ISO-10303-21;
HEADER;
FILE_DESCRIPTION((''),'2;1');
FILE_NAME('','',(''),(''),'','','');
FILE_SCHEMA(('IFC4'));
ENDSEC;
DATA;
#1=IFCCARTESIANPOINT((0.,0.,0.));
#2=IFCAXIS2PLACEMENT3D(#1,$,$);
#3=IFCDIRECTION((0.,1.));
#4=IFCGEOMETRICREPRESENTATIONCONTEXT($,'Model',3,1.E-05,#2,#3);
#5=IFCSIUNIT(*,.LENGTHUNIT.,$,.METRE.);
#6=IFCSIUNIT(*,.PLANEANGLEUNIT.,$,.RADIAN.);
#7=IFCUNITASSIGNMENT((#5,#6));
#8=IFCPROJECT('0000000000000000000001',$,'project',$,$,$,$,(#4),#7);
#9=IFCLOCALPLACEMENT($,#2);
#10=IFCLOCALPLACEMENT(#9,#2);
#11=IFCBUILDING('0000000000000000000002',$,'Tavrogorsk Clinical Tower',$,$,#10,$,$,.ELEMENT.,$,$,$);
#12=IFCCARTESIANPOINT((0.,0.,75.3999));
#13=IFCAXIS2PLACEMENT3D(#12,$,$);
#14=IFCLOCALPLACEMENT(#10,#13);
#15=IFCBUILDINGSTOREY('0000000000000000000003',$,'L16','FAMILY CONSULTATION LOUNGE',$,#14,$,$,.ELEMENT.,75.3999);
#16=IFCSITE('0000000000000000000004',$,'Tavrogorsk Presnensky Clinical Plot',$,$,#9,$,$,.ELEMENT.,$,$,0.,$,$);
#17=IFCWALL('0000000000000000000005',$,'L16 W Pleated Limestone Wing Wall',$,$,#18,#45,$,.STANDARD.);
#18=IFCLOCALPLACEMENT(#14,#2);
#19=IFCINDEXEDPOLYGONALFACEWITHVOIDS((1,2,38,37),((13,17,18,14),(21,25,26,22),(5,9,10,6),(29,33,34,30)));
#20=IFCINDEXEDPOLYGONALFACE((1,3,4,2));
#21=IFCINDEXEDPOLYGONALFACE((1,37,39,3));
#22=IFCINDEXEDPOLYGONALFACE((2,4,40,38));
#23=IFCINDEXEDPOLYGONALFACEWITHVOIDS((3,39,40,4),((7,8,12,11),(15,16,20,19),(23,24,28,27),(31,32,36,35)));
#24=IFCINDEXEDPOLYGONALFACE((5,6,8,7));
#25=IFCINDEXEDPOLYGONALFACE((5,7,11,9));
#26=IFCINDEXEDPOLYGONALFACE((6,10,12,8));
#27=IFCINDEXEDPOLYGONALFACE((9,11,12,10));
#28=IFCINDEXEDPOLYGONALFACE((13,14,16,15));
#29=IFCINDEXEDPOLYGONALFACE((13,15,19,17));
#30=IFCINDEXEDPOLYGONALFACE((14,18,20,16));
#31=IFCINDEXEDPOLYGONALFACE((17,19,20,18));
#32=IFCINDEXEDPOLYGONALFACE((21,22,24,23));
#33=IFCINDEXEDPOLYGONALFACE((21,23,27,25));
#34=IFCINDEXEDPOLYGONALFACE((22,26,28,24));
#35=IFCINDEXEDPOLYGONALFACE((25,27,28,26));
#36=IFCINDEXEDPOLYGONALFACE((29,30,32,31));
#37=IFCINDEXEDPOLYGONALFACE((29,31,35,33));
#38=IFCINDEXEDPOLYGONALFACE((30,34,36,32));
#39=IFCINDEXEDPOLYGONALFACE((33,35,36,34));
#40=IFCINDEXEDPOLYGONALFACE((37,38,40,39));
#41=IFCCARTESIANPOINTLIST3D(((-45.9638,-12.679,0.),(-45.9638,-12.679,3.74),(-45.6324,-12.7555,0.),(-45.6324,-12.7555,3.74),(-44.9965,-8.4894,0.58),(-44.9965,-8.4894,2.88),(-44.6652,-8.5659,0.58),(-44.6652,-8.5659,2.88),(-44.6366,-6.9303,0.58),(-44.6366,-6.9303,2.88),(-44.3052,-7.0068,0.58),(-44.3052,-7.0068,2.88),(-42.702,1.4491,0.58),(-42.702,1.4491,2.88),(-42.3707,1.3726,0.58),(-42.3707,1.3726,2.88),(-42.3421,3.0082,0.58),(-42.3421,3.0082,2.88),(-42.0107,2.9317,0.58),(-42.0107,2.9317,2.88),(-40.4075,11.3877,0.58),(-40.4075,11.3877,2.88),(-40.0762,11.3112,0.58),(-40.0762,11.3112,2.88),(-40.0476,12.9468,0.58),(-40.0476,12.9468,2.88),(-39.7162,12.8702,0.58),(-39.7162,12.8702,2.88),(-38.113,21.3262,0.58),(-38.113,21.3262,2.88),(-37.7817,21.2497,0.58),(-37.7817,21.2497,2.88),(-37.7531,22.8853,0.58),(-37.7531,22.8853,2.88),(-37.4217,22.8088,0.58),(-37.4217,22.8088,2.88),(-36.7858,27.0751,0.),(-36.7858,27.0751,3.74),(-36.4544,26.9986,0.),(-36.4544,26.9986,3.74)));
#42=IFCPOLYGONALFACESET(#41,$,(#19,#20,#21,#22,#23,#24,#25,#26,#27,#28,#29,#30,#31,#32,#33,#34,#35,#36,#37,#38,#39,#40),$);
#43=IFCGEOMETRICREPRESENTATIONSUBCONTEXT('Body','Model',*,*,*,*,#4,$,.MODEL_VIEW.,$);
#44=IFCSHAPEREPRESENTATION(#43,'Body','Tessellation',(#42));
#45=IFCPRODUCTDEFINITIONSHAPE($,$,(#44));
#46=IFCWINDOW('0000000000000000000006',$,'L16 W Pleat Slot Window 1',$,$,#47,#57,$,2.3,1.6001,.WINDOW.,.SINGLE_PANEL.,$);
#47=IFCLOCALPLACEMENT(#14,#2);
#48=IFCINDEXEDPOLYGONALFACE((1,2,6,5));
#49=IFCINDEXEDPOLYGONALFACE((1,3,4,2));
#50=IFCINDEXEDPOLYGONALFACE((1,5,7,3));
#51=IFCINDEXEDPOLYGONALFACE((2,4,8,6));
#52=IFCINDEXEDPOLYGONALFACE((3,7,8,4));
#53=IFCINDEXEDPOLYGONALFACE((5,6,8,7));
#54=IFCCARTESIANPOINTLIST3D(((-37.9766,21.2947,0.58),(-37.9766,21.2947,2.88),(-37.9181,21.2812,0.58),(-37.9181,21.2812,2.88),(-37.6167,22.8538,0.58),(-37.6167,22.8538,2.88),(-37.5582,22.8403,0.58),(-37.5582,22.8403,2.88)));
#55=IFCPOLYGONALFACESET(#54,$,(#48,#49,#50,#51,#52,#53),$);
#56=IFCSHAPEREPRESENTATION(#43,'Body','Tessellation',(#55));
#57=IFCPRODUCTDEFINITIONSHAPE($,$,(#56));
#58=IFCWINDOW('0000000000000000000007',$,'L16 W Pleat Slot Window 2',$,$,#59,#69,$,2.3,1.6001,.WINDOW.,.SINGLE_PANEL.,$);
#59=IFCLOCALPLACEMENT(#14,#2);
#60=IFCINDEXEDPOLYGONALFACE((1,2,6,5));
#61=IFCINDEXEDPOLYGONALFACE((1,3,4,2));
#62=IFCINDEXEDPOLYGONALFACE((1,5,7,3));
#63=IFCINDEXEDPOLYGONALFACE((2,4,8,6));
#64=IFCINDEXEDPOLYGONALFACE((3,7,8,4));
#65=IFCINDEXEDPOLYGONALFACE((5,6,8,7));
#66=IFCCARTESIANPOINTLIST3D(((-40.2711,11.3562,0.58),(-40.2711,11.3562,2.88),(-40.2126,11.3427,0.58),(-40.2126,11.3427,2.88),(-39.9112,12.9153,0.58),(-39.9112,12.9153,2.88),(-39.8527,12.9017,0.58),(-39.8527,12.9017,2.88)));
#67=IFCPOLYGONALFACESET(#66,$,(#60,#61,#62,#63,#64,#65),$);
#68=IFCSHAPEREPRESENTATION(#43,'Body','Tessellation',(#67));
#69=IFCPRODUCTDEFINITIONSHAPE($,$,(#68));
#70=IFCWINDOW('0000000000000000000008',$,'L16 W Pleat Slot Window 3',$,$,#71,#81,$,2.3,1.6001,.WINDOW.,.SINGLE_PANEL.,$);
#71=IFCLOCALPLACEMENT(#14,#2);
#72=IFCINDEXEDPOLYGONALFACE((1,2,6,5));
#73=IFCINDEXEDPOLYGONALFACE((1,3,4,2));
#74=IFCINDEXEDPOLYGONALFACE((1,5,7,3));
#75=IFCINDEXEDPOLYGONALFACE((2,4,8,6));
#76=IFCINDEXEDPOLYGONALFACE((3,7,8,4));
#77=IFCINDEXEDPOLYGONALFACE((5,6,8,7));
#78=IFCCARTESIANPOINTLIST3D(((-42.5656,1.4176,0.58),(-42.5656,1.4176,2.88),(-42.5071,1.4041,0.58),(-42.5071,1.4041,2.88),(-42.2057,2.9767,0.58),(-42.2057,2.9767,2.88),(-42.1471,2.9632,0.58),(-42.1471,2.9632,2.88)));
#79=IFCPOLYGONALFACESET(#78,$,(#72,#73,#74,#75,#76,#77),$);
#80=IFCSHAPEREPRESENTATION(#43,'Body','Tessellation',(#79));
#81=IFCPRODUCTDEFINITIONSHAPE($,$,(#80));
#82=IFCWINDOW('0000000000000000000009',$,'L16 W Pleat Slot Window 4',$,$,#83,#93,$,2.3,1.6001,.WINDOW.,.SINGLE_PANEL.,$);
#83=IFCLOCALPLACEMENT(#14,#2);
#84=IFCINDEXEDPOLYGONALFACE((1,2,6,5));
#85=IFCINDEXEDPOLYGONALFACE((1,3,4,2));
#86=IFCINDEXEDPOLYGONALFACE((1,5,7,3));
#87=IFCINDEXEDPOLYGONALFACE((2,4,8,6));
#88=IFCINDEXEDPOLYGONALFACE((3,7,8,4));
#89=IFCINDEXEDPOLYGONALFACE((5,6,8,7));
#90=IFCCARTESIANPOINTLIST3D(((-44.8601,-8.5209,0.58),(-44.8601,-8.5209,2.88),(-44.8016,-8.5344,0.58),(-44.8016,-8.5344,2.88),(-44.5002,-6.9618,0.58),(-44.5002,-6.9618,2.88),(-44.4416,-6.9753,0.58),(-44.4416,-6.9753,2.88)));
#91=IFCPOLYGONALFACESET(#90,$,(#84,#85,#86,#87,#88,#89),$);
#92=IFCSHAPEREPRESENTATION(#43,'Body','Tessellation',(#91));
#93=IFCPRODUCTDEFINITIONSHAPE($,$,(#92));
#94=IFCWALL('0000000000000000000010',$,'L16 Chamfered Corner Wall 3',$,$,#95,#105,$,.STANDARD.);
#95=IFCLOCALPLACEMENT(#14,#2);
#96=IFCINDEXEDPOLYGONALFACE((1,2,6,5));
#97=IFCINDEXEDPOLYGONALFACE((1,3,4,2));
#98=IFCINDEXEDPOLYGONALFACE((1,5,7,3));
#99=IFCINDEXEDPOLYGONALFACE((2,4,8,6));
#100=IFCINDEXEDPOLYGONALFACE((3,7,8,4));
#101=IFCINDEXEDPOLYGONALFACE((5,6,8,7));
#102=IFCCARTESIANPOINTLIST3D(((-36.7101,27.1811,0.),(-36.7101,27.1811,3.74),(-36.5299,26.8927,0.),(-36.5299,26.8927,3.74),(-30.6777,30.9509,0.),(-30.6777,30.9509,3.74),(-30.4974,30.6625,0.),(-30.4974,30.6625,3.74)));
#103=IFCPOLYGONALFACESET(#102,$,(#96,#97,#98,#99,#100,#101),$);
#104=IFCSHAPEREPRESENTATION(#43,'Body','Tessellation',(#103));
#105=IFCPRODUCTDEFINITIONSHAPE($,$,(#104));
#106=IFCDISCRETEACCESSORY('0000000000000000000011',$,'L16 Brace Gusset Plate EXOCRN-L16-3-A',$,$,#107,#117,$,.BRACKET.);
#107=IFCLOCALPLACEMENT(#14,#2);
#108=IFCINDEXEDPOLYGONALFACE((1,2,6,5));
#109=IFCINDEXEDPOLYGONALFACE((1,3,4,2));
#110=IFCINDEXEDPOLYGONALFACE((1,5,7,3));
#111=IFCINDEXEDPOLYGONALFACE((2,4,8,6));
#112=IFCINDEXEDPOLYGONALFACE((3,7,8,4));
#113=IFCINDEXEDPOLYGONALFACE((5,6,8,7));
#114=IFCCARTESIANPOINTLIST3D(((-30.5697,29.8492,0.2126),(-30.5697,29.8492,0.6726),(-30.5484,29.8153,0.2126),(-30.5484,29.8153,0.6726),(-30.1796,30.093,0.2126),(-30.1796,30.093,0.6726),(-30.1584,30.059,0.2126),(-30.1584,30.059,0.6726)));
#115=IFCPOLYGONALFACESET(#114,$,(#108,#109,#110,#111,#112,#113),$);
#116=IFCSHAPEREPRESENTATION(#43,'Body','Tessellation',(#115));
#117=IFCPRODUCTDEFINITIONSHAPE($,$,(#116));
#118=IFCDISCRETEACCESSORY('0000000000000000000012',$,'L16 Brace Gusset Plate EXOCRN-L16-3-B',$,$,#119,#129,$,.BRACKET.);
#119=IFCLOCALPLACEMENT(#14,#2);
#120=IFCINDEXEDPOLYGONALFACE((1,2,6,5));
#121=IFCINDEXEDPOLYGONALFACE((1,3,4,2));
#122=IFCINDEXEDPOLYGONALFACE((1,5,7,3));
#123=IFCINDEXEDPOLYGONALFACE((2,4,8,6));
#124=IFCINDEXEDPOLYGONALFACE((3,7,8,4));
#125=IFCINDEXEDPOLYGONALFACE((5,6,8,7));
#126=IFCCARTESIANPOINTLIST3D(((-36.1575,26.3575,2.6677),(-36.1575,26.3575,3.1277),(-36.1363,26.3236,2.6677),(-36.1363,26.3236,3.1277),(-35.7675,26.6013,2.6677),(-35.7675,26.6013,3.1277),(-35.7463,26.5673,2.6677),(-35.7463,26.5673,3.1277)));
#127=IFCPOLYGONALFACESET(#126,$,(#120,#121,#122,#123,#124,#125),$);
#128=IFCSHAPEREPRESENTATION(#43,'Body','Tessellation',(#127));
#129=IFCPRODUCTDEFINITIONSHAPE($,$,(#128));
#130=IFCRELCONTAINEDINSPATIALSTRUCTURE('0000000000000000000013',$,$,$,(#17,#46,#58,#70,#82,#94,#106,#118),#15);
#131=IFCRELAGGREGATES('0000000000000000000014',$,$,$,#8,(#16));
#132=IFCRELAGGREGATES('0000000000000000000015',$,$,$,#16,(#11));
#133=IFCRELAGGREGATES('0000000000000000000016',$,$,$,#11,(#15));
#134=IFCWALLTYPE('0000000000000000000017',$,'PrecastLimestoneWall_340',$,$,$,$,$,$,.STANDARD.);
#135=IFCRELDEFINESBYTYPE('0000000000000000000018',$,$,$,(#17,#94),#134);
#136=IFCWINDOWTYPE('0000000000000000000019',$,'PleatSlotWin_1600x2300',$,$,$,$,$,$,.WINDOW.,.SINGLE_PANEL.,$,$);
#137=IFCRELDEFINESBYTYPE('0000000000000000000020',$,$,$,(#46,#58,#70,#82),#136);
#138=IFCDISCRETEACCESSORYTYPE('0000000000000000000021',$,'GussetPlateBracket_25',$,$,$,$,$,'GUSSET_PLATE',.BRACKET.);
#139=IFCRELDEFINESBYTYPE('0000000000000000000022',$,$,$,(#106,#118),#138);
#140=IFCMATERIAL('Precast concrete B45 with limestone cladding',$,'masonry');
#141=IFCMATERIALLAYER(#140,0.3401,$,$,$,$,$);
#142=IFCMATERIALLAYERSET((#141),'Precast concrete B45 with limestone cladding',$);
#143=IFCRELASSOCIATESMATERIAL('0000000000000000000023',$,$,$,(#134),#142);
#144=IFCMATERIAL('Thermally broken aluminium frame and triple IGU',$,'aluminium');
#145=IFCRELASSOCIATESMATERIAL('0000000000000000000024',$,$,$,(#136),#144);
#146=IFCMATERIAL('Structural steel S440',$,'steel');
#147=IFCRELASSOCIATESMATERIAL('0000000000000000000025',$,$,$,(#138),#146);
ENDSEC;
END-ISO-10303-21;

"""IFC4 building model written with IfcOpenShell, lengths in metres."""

from ifc_helpers import new_model, si_unit, direction, frame, frame_2d, origin, origin_2d, place, context, subcontext, project, spatial, rectangle, extrude, material, layer, layer_set, type_object, element, fill, save


model = new_model("IFC4")

# Units and contexts
model_context = context("Model", 3, precision=1e-05, world=origin(), true_north=direction((0.0, 1.0)))
body_context = subcontext(model_context, "Body", "Model", "MODEL_VIEW")
ifc_project = project(units=[si_unit("LENGTHUNIT", "METRE"), si_unit("PLANEANGLEUNIT", "RADIAN")], contexts=[model_context])

# Site, building, storey
site_placement = place(None, origin())
site = spatial("IfcSite", under=ifc_project, at=site_placement, Name="Tavrogorsk Presnensky Clinical Plot", CompositionType="ELEMENT", RefElevation=0.0)
building_placement = place(site_placement, origin())
building = spatial("IfcBuilding", under=site, at=building_placement, Name="Tavrogorsk Clinical Tower", CompositionType="ELEMENT")
storey_placement = place(building_placement, frame((0.0, 0.0, 75.3999)))
storey = spatial("IfcBuildingStorey", under=building, at=storey_placement, Name="L16", Description="FAMILY CONSULTATION LOUNGE", CompositionType="ELEMENT", Elevation=75.3999)

# Wall, openings, windows
ifc_material_1 = material(Name="Precast concrete B45 with limestone cladding", Category="masonry")
ifc_layer_1 = layer(ifc_material_1, 0.3401)
ifc_layer_set_1 = layer_set([ifc_layer_1], Name="Precast concrete B45 with limestone cladding")
wall_type_1 = type_object("IfcWallType", Name="PrecastLimestoneWall_340", PredefinedType="STANDARD", material=ifc_layer_set_1)
wall_1_placement = place(storey_placement, frame((-36.6201, 27.0369, 0.0), z_axis=(0.0, 0.0, 1.0), x_axis=(-0.224951, -0.97437, 0.0)))
wall_1 = element("IfcWall", 1, at=wall_1_placement, inside=storey, type_object=wall_type_1, Name="L16 W Pleated Limestone Wing Wall", PredefinedType="STANDARD", context=body_context, shape_type="SweptSolid", body=[
    extrude(rectangle(XDim=40.7998, YDim=0.3401, at=frame_2d((20.3999, 0.0))), origin(), (0.0, 0.0, 1.0), 3.74),
])
opening_1_placement = place(wall_1_placement, frame((4.3, 0.0, 0.5801)))
opening_1 = element("IfcOpeningElement", 2, at=opening_1_placement, cuts=wall_1, PredefinedType="OPENING", context=body_context, shape_type="SweptSolid", body=[
    extrude(rectangle(XDim=1.6001, YDim=2.3, at=frame_2d((0.8, 1.1499))), frame((0.0, 0.1799, 0.0), z_axis=(0.0, -1.0, 0.0), x_axis=(1.0, 0.0, 0.0)), (0.0, 0.0, 1.0), 0.3601),
])
opening_2_placement = place(wall_1_placement, frame((14.5, 0.0, 0.5801)))
opening_2 = element("IfcOpeningElement", 3, at=opening_2_placement, cuts=wall_1, PredefinedType="OPENING", context=body_context, shape_type="SweptSolid", body=[
    extrude(rectangle(XDim=1.6001, YDim=2.3, at=frame_2d((0.8, 1.1499))), frame((0.0, 0.1799, 0.0), z_axis=(0.0, -1.0, 0.0), x_axis=(1.0, 0.0, 0.0)), (0.0, 0.0, 1.0), 0.3601),
])
opening_3_placement = place(wall_1_placement, frame((24.7, 0.0, 0.5801)))
opening_3 = element("IfcOpeningElement", 4, at=opening_3_placement, cuts=wall_1, PredefinedType="OPENING", context=body_context, shape_type="SweptSolid", body=[
    extrude(rectangle(XDim=1.6001, YDim=2.3, at=frame_2d((0.8, 1.1499))), frame((0.0, 0.1799, 0.0), z_axis=(0.0, -1.0, 0.0), x_axis=(1.0, 0.0, 0.0)), (0.0, 0.0, 1.0), 0.3601),
])
opening_4_placement = place(wall_1_placement, frame((34.8999, 0.0, 0.5801)))
opening_4 = element("IfcOpeningElement", 5, at=opening_4_placement, cuts=wall_1, PredefinedType="OPENING", context=body_context, shape_type="SweptSolid", body=[
    extrude(rectangle(XDim=1.6001, YDim=2.3, at=frame_2d((0.8, 1.1499))), frame((0.0, 0.1799, 0.0), z_axis=(0.0, -1.0, 0.0), x_axis=(1.0, 0.0, 0.0)), (0.0, 0.0, 1.0), 0.3601),
])
ifc_material_2 = material(Name="Thermally broken aluminium frame and triple IGU", Category="aluminium")
window_type = type_object("IfcWindowType", Name="PleatSlotWin_1600x2300", PartitioningType="SINGLE_PANEL", PredefinedType="WINDOW", material=ifc_material_2)
window_1_placement = place(opening_1_placement, origin())
window_1 = element("IfcWindow", 6, at=window_1_placement, inside=storey, type_object=window_type, Name="L16 W Pleat Slot Window 1", OverallHeight=2.3, OverallWidth=1.6001, PartitioningType="SINGLE_PANEL", PredefinedType="WINDOW", context=body_context, shape_type="SweptSolid", body=[
    extrude(rectangle(XDim=1.6001, YDim=2.3, at=frame_2d((0.8, 1.1499))), frame((0.0, 0.03, 0.0), z_axis=(0.0, -1.0, 0.0), x_axis=(1.0, 0.0, 0.0)), (0.0, 0.0, 1.0), 0.0601),
])
fill(opening_1, window_1)
window_2_placement = place(opening_2_placement, origin())
window_2 = element("IfcWindow", 7, at=window_2_placement, inside=storey, type_object=window_type, Name="L16 W Pleat Slot Window 2", OverallHeight=2.3, OverallWidth=1.6001, PartitioningType="SINGLE_PANEL", PredefinedType="WINDOW", context=body_context, shape_type="SweptSolid", body=[
    extrude(rectangle(XDim=1.6001, YDim=2.3, at=frame_2d((0.8, 1.1499))), frame((0.0, 0.03, 0.0), z_axis=(0.0, -1.0, 0.0), x_axis=(1.0, 0.0, 0.0)), (0.0, 0.0, 1.0), 0.0601),
])
fill(opening_2, window_2)
window_3_placement = place(opening_3_placement, origin())
window_3 = element("IfcWindow", 8, at=window_3_placement, inside=storey, type_object=window_type, Name="L16 W Pleat Slot Window 3", OverallHeight=2.3, OverallWidth=1.6001, PartitioningType="SINGLE_PANEL", PredefinedType="WINDOW", context=body_context, shape_type="SweptSolid", body=[
    extrude(rectangle(XDim=1.6001, YDim=2.3, at=frame_2d((0.8, 1.1499))), frame((0.0, 0.03, 0.0), z_axis=(0.0, -1.0, 0.0), x_axis=(1.0, 0.0, 0.0)), (0.0, 0.0, 1.0), 0.0601),
])
fill(opening_3, window_3)
window_4_placement = place(opening_4_placement, origin())
window_4 = element("IfcWindow", 9, at=window_4_placement, inside=storey, type_object=window_type, Name="L16 W Pleat Slot Window 4", OverallHeight=2.3, OverallWidth=1.6001, PartitioningType="SINGLE_PANEL", PredefinedType="WINDOW", context=body_context, shape_type="SweptSolid", body=[
    extrude(rectangle(XDim=1.6001, YDim=2.3, at=frame_2d((0.8, 1.1499))), frame((0.0, 0.03, 0.0), z_axis=(0.0, -1.0, 0.0), x_axis=(1.0, 0.0, 0.0)), (0.0, 0.0, 1.0), 0.0601),
])
fill(opening_4, window_4)

# Wall
wall_2_placement = place(storey_placement, frame((-30.5876, 30.8066, 0.0), z_axis=(0.0, 0.0, 1.0), x_axis=(-0.848031, -0.529946, 0.0)))
element("IfcWall", 10, at=wall_2_placement, inside=storey, type_object=wall_type_1, Name="L16 Chamfered Corner Wall 3", PredefinedType="STANDARD", context=body_context, shape_type="SweptSolid", body=[
    extrude(rectangle(XDim=7.1135, YDim=0.3401, at=frame_2d((3.5566, 0.0))), origin(), (0.0, 0.0, 1.0), 3.74),
])

# Discrete accessories
ifc_material_3 = material(Name="Structural steel S440", Category="steel")
discrete_accessory_type = type_object("IfcDiscreteAccessoryType", Name="GussetPlateBracket_25", ElementType="GUSSET_PLATE", PredefinedType="BRACKET", material=ifc_material_3)
for number, where, z_axis, x_axis, name in (
    (11, (-30.364, 29.9541, 0.2126), (0.0, 0.0, 1.0), (-0.848048, -0.529919, 0.0), "L16 Brace Gusset Plate EXOCRN-L16-3-A"),
    (12, (-35.9519, 26.4624, 2.6677), (0.0, 0.0, 1.0), (-0.848048, -0.529919, 0.0), "L16 Brace Gusset Plate EXOCRN-L16-3-B"),
):
    element("IfcDiscreteAccessory", number, at=place(storey_placement, frame(where, z_axis=z_axis, x_axis=x_axis)), inside=storey, type_object=discrete_accessory_type, Name=name, PredefinedType="BRACKET", context=body_context, shape_type="SweptSolid", body=[
        extrude(rectangle(XDim=0.46, YDim=0.04, at=origin_2d()), origin(), (0.0, 0.0, 1.0), 0.46),
    ])

save(model, "model.ifc")
